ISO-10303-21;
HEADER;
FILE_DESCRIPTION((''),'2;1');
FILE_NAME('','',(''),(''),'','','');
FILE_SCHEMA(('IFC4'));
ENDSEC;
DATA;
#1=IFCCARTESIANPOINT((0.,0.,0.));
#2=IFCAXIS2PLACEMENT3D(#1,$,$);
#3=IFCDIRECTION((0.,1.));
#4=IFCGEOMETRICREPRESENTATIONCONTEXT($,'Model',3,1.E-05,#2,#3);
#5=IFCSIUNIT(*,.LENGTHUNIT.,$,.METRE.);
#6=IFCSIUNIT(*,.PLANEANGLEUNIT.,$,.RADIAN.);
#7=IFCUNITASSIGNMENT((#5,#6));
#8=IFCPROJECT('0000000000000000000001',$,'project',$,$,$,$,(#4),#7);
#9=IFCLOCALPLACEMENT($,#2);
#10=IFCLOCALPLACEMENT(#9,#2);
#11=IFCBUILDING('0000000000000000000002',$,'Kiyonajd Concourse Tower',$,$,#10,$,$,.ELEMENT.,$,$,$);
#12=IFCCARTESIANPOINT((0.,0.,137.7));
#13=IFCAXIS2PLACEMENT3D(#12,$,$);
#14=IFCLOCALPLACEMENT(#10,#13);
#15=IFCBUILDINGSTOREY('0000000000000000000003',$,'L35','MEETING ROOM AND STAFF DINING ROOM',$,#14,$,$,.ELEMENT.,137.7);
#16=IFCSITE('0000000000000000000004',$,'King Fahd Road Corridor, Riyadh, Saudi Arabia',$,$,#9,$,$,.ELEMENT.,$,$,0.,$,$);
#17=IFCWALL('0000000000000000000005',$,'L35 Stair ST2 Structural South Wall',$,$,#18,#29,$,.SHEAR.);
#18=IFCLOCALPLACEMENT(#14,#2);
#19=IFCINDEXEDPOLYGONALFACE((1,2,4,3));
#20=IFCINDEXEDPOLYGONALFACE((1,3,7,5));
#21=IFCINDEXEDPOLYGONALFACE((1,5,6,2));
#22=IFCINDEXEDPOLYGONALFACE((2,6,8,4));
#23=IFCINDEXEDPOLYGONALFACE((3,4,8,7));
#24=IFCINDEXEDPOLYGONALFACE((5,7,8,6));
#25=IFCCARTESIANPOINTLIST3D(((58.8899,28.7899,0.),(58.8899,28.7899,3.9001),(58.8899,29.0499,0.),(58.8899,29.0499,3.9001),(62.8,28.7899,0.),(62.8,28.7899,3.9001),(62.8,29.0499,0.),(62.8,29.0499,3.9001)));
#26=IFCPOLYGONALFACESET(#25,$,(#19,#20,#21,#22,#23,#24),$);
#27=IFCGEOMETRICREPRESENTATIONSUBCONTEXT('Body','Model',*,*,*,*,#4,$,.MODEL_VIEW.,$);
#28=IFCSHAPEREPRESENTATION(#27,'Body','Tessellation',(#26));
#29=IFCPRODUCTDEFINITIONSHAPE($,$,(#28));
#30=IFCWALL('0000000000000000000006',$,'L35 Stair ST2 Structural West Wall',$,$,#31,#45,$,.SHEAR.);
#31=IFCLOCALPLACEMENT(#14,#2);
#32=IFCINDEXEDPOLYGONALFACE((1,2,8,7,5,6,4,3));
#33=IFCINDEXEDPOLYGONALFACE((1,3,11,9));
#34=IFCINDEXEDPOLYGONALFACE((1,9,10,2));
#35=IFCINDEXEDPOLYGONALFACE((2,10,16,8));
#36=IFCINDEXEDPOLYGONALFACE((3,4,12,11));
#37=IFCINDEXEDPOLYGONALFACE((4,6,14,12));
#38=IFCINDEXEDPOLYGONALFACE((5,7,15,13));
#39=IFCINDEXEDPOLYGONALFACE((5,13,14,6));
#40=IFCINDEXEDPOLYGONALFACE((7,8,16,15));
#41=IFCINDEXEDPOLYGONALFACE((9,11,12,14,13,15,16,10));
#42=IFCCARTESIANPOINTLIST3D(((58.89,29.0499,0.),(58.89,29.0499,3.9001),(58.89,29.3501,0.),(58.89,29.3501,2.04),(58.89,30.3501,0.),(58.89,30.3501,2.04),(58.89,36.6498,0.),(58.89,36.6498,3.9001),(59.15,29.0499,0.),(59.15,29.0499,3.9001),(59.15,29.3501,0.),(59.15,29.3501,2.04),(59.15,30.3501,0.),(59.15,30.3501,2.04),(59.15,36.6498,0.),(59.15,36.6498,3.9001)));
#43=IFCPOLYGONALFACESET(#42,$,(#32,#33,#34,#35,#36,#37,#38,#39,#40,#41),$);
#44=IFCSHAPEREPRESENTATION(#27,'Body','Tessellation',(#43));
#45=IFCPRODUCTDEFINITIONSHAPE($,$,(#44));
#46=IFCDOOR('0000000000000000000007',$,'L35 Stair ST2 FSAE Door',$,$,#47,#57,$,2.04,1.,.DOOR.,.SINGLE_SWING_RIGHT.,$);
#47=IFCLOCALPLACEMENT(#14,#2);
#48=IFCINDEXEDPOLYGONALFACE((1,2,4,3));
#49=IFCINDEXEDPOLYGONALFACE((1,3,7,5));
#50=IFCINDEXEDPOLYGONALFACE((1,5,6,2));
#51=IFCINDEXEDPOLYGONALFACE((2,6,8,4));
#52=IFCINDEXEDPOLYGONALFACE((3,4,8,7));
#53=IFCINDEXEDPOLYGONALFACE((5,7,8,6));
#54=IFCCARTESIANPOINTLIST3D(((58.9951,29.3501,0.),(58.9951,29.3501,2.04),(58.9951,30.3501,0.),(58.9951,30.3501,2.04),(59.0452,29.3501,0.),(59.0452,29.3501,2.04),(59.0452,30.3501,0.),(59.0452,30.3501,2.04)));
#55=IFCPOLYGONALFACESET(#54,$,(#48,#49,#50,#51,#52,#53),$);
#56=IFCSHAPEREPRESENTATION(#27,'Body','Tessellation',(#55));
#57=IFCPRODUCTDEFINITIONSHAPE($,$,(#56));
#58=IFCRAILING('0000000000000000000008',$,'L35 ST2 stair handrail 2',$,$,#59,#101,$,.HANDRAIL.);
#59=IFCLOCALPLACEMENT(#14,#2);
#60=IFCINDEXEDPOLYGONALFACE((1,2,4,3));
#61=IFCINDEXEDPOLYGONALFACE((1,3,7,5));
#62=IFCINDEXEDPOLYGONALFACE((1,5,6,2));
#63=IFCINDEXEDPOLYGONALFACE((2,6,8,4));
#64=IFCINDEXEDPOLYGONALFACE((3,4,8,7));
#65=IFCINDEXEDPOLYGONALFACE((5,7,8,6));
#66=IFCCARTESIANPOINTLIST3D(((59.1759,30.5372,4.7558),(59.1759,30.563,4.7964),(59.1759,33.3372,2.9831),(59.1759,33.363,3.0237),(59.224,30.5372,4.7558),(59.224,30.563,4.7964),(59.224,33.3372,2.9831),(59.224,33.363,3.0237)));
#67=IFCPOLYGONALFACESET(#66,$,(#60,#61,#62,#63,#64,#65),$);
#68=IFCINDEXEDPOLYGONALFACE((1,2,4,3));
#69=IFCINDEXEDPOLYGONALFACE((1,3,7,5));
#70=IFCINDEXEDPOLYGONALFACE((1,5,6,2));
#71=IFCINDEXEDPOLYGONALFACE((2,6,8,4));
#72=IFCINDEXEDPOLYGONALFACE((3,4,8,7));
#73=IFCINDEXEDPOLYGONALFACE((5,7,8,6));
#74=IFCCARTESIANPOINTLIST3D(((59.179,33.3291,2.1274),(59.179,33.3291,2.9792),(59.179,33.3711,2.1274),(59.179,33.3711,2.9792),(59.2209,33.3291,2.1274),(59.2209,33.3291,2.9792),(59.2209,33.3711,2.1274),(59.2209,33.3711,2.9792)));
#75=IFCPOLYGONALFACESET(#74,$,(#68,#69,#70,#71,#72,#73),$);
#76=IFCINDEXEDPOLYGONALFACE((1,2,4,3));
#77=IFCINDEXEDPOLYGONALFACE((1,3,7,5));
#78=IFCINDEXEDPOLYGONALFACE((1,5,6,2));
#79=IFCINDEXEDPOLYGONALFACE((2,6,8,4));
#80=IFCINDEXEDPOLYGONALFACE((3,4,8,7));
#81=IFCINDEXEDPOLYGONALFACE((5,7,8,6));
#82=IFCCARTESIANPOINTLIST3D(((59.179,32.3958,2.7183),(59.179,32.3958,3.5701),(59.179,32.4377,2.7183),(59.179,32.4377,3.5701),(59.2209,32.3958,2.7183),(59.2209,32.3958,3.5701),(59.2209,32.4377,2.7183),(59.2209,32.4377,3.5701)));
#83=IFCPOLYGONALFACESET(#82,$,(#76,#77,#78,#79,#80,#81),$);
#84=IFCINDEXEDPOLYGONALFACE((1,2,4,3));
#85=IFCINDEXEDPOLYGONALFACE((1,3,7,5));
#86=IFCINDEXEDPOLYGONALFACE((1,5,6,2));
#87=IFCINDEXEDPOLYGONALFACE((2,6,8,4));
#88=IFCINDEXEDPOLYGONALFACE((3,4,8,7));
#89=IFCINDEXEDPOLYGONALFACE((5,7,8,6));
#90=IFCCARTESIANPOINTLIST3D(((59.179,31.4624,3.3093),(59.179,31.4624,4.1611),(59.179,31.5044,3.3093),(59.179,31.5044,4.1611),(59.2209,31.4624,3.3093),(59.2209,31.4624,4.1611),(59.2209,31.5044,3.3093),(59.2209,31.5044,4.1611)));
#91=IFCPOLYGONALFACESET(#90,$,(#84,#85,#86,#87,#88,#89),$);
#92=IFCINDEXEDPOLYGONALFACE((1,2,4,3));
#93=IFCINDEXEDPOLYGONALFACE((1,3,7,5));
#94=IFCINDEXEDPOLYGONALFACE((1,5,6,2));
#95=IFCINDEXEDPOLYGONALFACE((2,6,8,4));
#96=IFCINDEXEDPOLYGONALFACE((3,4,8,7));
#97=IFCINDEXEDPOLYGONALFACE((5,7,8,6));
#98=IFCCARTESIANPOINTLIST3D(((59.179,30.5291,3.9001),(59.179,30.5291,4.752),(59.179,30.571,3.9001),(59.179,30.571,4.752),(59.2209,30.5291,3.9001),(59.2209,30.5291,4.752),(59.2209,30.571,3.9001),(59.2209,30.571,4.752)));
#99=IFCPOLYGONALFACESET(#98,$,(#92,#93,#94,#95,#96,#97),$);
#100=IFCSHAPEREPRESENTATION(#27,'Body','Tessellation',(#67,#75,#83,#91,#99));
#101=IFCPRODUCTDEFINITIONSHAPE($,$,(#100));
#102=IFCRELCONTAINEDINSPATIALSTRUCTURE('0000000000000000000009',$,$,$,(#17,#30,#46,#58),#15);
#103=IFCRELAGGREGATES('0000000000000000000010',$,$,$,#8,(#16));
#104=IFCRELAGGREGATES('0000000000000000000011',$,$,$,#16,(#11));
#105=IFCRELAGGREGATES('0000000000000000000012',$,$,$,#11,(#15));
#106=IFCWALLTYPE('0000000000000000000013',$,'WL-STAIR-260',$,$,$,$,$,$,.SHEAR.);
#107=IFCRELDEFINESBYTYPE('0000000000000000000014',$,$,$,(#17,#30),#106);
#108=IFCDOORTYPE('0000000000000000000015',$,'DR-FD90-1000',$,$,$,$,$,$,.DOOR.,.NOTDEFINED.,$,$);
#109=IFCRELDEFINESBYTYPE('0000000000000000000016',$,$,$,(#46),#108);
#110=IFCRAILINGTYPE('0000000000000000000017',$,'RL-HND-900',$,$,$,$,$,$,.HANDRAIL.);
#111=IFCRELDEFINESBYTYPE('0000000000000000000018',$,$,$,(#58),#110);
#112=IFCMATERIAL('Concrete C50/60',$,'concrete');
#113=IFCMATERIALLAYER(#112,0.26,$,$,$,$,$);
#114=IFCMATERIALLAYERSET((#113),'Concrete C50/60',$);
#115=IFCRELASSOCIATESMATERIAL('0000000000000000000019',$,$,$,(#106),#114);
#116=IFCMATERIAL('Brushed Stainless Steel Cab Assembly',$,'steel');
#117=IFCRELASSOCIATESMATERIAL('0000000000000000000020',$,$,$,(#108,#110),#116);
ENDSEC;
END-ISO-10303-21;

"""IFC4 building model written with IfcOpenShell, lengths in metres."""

from ifc_helpers import new_model, si_unit, direction, frame, frame_2d, origin, origin_2d, place, context, subcontext, project, spatial, rectangle, extrude, material, layer, layer_set, type_object, element, fill, save


model = new_model("IFC4")

# Units and contexts
model_context = context("Model", 3, precision=1e-05, world=origin(), true_north=direction((0.0, 1.0)))
body_context = subcontext(model_context, "Body", "Model", "MODEL_VIEW")
ifc_project = project(units=[si_unit("LENGTHUNIT", "METRE"), si_unit("PLANEANGLEUNIT", "RADIAN")], contexts=[model_context])

# Site, building, storey
site_placement = place(None, origin())
site = spatial("IfcSite", under=ifc_project, at=site_placement, Name="King Fahd Road Corridor, Riyadh, Saudi Arabia", CompositionType="ELEMENT", RefElevation=0.0)
building_placement = place(site_placement, origin())
building = spatial("IfcBuilding", under=site, at=building_placement, Name="Kiyonajd Concourse Tower", CompositionType="ELEMENT")
storey_placement = place(building_placement, frame((0.0, 0.0, 137.7)))
storey = spatial("IfcBuildingStorey", under=building, at=storey_placement, Name="L35", Description="MEETING ROOM AND STAFF DINING ROOM", CompositionType="ELEMENT", Elevation=137.7)

# Shared definitions
ifc_material_1 = material(Name="Concrete C50/60", Category="concrete")

# Shared definitions
ifc_material_2 = material(Name="Brushed Stainless Steel Cab Assembly", Category="steel")

# Wall
ifc_layer_1 = layer(ifc_material_1, 0.26)
ifc_layer_set_1 = layer_set([ifc_layer_1], Name="Concrete C50/60")
wall_type_1 = type_object("IfcWallType", Name="WL-STAIR-260", PredefinedType="SHEAR", material=ifc_layer_set_1)
wall_1_placement = place(storey_placement, frame((58.8899, 28.9199, 0.0), z_axis=(0.0, 0.0, 1.0), x_axis=(1.0, 0.0, 0.0)))
element("IfcWall", 1, at=wall_1_placement, inside=storey, type_object=wall_type_1, Name="L35 Stair ST2 Structural South Wall", PredefinedType="SHEAR", context=body_context, shape_type="SweptSolid", body=[
    extrude(rectangle(XDim=3.9102, YDim=0.26, at=frame_2d((1.9551, 0.0))), origin(), (0.0, 0.0, 1.0), 3.9001),
])

# Wall, opening, door
wall_2_placement = place(storey_placement, frame((59.02, 29.05, 0.0), z_axis=(0.0, 0.0, 1.0), x_axis=(0.0, 1.0, 0.0)))
wall_2 = element("IfcWall", 2, at=wall_2_placement, inside=storey, type_object=wall_type_1, Name="L35 Stair ST2 Structural West Wall", PredefinedType="SHEAR", context=body_context, shape_type="SweptSolid", body=[
    extrude(rectangle(XDim=7.5999, YDim=0.26, at=frame_2d((3.7998, 0.0))), origin(), (0.0, 0.0, 1.0), 3.9001),
])
opening_1_placement = place(wall_2_placement, frame((0.3, 0.0, 0.0)))
opening_1 = element("IfcOpeningElement", 3, at=opening_1_placement, cuts=wall_2, PredefinedType="OPENING", context=body_context, shape_type="SweptSolid", body=[
    extrude(rectangle(XDim=1.0, YDim=2.04, at=frame_2d((0.5, 1.02))), frame((0.0, 0.1399, 0.0), z_axis=(0.0, -1.0, 0.0), x_axis=(1.0, 0.0, 0.0)), (0.0, 0.0, 1.0), 0.28),
])
door_type_1 = type_object("IfcDoorType", Name="DR-FD90-1000", OperationType="NOTDEFINED", PredefinedType="DOOR", material=ifc_material_2)
door_1_placement = place(opening_1_placement, origin())
door_1 = element("IfcDoor", 4, at=door_1_placement, inside=storey, type_object=door_type_1, Name="L35 Stair ST2 FSAE Door", OperationType="SINGLE_SWING_RIGHT", OverallHeight=2.04, OverallWidth=1.0, PredefinedType="DOOR", context=body_context, shape_type="SweptSolid", body=[
    extrude(rectangle(XDim=1.0, YDim=2.04, at=frame_2d((0.5, 1.02))), frame((0.0, 0.0249, 0.0), z_axis=(0.0, -1.0, 0.0), x_axis=(1.0, 0.0, 0.0)), (0.0, 0.0, 1.0), 0.05),
])
fill(opening_1, door_1)

# Railing
railing_type = type_object("IfcRailingType", Name="RL-HND-900", PredefinedType="HANDRAIL", material=ifc_material_2)
railing_placement = place(storey_placement, frame((59.2, 33.3501, 2.1274)))
element("IfcRailing", 5, at=railing_placement, inside=storey, type_object=railing_type, Name="L35 ST2 stair handrail 2", PredefinedType="HANDRAIL", context=body_context, shape_type="SweptSolid", body=[
    extrude(rectangle(XDim=0.0481, YDim=0.0481, at=origin_2d()), frame((0.0, 0.0, 0.876), z_axis=(0.0, -0.844909, 0.53491), x_axis=(1.0, 0.0, 0.0)), (0.0, 0.0, 1.0), 3.314),
    extrude(rectangle(XDim=0.042, YDim=0.042, at=origin_2d()), origin(), (0.0, 0.0, 1.0), 0.8518),
    extrude(rectangle(XDim=0.042, YDim=0.042, at=origin_2d()), frame((0.0, -0.9333, 0.5908)), (0.0, 0.0, 1.0), 0.8518),
    extrude(rectangle(XDim=0.042, YDim=0.042, at=origin_2d()), frame((0.0, -1.8667, 1.1819)), (0.0, 0.0, 1.0), 0.8518),
    extrude(rectangle(XDim=0.042, YDim=0.042, at=origin_2d()), frame((0.0, -2.8, 1.7727)), (0.0, 0.0, 1.0), 0.8518),
])

save(model, "model.ifc")
